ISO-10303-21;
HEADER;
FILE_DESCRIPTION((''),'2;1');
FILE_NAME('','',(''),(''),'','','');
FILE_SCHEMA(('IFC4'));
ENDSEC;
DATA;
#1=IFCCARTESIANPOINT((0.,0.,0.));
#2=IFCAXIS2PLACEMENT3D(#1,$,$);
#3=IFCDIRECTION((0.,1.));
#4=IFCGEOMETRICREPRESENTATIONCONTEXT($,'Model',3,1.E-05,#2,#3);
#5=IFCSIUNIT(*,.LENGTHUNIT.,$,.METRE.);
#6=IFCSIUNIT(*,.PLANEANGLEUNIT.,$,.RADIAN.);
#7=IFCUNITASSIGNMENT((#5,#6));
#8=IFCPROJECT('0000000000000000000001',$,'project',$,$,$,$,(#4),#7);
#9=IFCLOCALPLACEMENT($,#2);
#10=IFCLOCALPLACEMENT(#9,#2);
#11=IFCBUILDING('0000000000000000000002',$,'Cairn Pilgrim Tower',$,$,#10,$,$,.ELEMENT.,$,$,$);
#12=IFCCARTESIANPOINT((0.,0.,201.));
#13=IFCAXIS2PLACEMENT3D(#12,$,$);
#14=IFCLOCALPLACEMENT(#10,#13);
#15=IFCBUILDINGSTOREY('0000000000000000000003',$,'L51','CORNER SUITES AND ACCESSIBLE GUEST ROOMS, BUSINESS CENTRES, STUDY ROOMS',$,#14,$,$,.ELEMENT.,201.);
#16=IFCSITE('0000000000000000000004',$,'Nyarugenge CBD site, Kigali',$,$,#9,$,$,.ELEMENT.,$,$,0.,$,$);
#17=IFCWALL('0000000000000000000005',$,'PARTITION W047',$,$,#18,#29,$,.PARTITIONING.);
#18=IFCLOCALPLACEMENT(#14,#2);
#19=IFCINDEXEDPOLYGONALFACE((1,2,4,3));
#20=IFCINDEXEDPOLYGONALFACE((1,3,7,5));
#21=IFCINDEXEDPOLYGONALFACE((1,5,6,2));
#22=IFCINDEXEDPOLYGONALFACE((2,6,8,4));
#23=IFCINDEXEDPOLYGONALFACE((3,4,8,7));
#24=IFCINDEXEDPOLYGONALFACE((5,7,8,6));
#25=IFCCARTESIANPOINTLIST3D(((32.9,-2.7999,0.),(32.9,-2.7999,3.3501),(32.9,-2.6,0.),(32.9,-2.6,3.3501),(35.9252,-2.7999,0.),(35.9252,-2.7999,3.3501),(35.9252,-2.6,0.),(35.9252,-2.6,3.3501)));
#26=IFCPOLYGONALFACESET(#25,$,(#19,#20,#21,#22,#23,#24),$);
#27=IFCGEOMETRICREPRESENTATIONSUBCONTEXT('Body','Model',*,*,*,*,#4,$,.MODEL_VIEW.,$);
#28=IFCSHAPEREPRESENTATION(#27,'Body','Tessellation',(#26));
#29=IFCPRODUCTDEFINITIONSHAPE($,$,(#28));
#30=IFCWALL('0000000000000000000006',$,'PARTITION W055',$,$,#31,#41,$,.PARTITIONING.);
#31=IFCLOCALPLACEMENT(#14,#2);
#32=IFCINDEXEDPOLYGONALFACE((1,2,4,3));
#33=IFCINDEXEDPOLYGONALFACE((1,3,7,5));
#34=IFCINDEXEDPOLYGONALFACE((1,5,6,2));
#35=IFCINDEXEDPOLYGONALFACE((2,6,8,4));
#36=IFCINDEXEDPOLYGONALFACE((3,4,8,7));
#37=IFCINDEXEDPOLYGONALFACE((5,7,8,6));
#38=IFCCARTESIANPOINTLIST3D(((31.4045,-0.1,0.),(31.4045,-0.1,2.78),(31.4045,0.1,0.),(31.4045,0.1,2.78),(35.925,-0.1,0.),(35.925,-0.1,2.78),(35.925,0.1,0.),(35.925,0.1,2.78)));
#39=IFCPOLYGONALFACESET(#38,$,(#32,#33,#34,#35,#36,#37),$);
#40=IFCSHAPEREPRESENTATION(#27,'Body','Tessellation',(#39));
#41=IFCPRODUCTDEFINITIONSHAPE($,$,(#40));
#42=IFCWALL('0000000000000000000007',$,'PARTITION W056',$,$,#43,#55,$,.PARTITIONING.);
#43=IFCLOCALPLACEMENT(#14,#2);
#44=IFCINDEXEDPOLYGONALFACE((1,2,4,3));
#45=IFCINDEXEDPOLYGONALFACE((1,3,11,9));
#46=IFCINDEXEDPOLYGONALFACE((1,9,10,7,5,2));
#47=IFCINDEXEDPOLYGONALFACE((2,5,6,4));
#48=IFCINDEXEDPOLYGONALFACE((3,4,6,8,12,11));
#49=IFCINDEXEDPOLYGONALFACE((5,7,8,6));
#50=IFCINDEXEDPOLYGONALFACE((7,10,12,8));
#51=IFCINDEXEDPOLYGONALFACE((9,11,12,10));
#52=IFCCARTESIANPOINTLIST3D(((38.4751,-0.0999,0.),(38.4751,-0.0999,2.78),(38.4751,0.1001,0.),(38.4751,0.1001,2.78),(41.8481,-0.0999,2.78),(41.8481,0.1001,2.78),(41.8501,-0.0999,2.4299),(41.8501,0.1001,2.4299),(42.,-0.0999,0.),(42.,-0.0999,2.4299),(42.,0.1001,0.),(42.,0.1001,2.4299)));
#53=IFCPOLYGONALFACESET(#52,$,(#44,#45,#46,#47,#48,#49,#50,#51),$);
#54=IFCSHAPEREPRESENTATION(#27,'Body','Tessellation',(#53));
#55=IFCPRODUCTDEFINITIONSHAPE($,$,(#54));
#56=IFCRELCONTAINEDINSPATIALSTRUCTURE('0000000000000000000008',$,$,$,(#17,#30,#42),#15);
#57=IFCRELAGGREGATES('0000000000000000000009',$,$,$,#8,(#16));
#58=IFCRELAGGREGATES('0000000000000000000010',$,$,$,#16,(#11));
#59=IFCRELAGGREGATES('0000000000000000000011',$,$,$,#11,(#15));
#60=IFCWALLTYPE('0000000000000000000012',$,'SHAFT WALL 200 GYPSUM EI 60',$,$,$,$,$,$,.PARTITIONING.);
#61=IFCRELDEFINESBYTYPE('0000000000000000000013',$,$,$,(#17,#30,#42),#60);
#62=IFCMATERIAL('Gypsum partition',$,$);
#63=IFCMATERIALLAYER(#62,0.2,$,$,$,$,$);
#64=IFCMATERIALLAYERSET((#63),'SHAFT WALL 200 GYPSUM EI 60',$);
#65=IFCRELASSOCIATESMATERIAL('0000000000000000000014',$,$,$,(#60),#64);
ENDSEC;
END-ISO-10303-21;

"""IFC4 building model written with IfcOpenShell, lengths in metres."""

from ifc_helpers import new_model, si_unit, direction, frame, frame_2d, origin, place, context, subcontext, project, spatial, polyline, rectangle, outline, extrude, material, layer, layer_set, type_object, element, save


model = new_model("IFC4")

# Units and contexts
model_context = context("Model", 3, precision=1e-05, world=origin(), true_north=direction((0.0, 1.0)))
body_context = subcontext(model_context, "Body", "Model", "MODEL_VIEW")
ifc_project = project(units=[si_unit("LENGTHUNIT", "METRE"), si_unit("PLANEANGLEUNIT", "RADIAN")], contexts=[model_context])

# Site, building, storey
site_placement = place(None, origin())
site = spatial("IfcSite", under=ifc_project, at=site_placement, Name="Nyarugenge CBD site, Kigali", CompositionType="ELEMENT", RefElevation=0.0)
building_placement = place(site_placement, origin())
building = spatial("IfcBuilding", under=site, at=building_placement, Name="Cairn Pilgrim Tower", CompositionType="ELEMENT")
storey_placement = place(building_placement, frame((0.0, 0.0, 201.0)))
storey = spatial("IfcBuildingStorey", under=building, at=storey_placement, Name="L51", Description="CORNER SUITES AND ACCESSIBLE GUEST ROOMS, BUSINESS CENTRES, STUDY ROOMS", CompositionType="ELEMENT", Elevation=201.0)

# Shared definitions
ifc_material_1 = material(Name="Gypsum partition")

# Walls
ifc_layer_1 = layer(ifc_material_1, 0.2)
ifc_layer_set_1 = layer_set([ifc_layer_1], Name="SHAFT WALL 200 GYPSUM EI 60")
wall_type_1 = type_object("IfcWallType", Name="SHAFT WALL 200 GYPSUM EI 60", PredefinedType="PARTITIONING", material=ifc_layer_set_1)
wall_1_placement = place(storey_placement, frame((32.8999, -2.7, 0.0), z_axis=(0.0, 0.0, 1.0), x_axis=(1.0, 0.0, 0.0)))
element("IfcWall", 1, at=wall_1_placement, inside=storey, type_object=wall_type_1, Name="PARTITION W047", PredefinedType="PARTITIONING", context=body_context, shape_type="SweptSolid", body=[
    extrude(rectangle(XDim=3.0251, YDim=0.2, at=frame_2d((1.5127, 0.0))), origin(), (0.0, 0.0, 1.0), 3.3501),
])
wall_2_placement = place(storey_placement, frame((31.4045, 0.0, 0.0), z_axis=(0.0, 0.0, 1.0), x_axis=(1.0, 0.0, 0.0)))
element("IfcWall", 2, at=wall_2_placement, inside=storey, type_object=wall_type_1, Name="PARTITION W055", PredefinedType="PARTITIONING", context=body_context, shape_type="SweptSolid", body=[
    extrude(rectangle(XDim=4.5205, YDim=0.2, at=frame_2d((2.2603, 0.0))), origin(), (0.0, 0.0, 1.0), 2.78),
])
wall_3_placement = place(storey_placement, frame((38.4751, 0.0, 0.0), z_axis=(0.0, 0.0, 1.0), x_axis=(1.0, 0.0, 0.0)))
element("IfcWall", 3, at=wall_3_placement, inside=storey, type_object=wall_type_1, Name="PARTITION W056", PredefinedType="PARTITIONING", context=body_context, shape_type="SweptSolid", body=[
    extrude(outline(polyline([(0.0, 0.0), (3.5249, 0.0), (3.5249, 2.4299), (3.375, 2.4299), (3.373, 2.78), (0.0, 2.78), (0.0, 0.0)])), frame((0.0, 0.1001, 0.0), z_axis=(0.0, -1.0, 0.0), x_axis=(1.0, 0.0, 0.0)), (0.0, 0.0, 1.0), 0.2),
])

save(model, "model.ifc")
